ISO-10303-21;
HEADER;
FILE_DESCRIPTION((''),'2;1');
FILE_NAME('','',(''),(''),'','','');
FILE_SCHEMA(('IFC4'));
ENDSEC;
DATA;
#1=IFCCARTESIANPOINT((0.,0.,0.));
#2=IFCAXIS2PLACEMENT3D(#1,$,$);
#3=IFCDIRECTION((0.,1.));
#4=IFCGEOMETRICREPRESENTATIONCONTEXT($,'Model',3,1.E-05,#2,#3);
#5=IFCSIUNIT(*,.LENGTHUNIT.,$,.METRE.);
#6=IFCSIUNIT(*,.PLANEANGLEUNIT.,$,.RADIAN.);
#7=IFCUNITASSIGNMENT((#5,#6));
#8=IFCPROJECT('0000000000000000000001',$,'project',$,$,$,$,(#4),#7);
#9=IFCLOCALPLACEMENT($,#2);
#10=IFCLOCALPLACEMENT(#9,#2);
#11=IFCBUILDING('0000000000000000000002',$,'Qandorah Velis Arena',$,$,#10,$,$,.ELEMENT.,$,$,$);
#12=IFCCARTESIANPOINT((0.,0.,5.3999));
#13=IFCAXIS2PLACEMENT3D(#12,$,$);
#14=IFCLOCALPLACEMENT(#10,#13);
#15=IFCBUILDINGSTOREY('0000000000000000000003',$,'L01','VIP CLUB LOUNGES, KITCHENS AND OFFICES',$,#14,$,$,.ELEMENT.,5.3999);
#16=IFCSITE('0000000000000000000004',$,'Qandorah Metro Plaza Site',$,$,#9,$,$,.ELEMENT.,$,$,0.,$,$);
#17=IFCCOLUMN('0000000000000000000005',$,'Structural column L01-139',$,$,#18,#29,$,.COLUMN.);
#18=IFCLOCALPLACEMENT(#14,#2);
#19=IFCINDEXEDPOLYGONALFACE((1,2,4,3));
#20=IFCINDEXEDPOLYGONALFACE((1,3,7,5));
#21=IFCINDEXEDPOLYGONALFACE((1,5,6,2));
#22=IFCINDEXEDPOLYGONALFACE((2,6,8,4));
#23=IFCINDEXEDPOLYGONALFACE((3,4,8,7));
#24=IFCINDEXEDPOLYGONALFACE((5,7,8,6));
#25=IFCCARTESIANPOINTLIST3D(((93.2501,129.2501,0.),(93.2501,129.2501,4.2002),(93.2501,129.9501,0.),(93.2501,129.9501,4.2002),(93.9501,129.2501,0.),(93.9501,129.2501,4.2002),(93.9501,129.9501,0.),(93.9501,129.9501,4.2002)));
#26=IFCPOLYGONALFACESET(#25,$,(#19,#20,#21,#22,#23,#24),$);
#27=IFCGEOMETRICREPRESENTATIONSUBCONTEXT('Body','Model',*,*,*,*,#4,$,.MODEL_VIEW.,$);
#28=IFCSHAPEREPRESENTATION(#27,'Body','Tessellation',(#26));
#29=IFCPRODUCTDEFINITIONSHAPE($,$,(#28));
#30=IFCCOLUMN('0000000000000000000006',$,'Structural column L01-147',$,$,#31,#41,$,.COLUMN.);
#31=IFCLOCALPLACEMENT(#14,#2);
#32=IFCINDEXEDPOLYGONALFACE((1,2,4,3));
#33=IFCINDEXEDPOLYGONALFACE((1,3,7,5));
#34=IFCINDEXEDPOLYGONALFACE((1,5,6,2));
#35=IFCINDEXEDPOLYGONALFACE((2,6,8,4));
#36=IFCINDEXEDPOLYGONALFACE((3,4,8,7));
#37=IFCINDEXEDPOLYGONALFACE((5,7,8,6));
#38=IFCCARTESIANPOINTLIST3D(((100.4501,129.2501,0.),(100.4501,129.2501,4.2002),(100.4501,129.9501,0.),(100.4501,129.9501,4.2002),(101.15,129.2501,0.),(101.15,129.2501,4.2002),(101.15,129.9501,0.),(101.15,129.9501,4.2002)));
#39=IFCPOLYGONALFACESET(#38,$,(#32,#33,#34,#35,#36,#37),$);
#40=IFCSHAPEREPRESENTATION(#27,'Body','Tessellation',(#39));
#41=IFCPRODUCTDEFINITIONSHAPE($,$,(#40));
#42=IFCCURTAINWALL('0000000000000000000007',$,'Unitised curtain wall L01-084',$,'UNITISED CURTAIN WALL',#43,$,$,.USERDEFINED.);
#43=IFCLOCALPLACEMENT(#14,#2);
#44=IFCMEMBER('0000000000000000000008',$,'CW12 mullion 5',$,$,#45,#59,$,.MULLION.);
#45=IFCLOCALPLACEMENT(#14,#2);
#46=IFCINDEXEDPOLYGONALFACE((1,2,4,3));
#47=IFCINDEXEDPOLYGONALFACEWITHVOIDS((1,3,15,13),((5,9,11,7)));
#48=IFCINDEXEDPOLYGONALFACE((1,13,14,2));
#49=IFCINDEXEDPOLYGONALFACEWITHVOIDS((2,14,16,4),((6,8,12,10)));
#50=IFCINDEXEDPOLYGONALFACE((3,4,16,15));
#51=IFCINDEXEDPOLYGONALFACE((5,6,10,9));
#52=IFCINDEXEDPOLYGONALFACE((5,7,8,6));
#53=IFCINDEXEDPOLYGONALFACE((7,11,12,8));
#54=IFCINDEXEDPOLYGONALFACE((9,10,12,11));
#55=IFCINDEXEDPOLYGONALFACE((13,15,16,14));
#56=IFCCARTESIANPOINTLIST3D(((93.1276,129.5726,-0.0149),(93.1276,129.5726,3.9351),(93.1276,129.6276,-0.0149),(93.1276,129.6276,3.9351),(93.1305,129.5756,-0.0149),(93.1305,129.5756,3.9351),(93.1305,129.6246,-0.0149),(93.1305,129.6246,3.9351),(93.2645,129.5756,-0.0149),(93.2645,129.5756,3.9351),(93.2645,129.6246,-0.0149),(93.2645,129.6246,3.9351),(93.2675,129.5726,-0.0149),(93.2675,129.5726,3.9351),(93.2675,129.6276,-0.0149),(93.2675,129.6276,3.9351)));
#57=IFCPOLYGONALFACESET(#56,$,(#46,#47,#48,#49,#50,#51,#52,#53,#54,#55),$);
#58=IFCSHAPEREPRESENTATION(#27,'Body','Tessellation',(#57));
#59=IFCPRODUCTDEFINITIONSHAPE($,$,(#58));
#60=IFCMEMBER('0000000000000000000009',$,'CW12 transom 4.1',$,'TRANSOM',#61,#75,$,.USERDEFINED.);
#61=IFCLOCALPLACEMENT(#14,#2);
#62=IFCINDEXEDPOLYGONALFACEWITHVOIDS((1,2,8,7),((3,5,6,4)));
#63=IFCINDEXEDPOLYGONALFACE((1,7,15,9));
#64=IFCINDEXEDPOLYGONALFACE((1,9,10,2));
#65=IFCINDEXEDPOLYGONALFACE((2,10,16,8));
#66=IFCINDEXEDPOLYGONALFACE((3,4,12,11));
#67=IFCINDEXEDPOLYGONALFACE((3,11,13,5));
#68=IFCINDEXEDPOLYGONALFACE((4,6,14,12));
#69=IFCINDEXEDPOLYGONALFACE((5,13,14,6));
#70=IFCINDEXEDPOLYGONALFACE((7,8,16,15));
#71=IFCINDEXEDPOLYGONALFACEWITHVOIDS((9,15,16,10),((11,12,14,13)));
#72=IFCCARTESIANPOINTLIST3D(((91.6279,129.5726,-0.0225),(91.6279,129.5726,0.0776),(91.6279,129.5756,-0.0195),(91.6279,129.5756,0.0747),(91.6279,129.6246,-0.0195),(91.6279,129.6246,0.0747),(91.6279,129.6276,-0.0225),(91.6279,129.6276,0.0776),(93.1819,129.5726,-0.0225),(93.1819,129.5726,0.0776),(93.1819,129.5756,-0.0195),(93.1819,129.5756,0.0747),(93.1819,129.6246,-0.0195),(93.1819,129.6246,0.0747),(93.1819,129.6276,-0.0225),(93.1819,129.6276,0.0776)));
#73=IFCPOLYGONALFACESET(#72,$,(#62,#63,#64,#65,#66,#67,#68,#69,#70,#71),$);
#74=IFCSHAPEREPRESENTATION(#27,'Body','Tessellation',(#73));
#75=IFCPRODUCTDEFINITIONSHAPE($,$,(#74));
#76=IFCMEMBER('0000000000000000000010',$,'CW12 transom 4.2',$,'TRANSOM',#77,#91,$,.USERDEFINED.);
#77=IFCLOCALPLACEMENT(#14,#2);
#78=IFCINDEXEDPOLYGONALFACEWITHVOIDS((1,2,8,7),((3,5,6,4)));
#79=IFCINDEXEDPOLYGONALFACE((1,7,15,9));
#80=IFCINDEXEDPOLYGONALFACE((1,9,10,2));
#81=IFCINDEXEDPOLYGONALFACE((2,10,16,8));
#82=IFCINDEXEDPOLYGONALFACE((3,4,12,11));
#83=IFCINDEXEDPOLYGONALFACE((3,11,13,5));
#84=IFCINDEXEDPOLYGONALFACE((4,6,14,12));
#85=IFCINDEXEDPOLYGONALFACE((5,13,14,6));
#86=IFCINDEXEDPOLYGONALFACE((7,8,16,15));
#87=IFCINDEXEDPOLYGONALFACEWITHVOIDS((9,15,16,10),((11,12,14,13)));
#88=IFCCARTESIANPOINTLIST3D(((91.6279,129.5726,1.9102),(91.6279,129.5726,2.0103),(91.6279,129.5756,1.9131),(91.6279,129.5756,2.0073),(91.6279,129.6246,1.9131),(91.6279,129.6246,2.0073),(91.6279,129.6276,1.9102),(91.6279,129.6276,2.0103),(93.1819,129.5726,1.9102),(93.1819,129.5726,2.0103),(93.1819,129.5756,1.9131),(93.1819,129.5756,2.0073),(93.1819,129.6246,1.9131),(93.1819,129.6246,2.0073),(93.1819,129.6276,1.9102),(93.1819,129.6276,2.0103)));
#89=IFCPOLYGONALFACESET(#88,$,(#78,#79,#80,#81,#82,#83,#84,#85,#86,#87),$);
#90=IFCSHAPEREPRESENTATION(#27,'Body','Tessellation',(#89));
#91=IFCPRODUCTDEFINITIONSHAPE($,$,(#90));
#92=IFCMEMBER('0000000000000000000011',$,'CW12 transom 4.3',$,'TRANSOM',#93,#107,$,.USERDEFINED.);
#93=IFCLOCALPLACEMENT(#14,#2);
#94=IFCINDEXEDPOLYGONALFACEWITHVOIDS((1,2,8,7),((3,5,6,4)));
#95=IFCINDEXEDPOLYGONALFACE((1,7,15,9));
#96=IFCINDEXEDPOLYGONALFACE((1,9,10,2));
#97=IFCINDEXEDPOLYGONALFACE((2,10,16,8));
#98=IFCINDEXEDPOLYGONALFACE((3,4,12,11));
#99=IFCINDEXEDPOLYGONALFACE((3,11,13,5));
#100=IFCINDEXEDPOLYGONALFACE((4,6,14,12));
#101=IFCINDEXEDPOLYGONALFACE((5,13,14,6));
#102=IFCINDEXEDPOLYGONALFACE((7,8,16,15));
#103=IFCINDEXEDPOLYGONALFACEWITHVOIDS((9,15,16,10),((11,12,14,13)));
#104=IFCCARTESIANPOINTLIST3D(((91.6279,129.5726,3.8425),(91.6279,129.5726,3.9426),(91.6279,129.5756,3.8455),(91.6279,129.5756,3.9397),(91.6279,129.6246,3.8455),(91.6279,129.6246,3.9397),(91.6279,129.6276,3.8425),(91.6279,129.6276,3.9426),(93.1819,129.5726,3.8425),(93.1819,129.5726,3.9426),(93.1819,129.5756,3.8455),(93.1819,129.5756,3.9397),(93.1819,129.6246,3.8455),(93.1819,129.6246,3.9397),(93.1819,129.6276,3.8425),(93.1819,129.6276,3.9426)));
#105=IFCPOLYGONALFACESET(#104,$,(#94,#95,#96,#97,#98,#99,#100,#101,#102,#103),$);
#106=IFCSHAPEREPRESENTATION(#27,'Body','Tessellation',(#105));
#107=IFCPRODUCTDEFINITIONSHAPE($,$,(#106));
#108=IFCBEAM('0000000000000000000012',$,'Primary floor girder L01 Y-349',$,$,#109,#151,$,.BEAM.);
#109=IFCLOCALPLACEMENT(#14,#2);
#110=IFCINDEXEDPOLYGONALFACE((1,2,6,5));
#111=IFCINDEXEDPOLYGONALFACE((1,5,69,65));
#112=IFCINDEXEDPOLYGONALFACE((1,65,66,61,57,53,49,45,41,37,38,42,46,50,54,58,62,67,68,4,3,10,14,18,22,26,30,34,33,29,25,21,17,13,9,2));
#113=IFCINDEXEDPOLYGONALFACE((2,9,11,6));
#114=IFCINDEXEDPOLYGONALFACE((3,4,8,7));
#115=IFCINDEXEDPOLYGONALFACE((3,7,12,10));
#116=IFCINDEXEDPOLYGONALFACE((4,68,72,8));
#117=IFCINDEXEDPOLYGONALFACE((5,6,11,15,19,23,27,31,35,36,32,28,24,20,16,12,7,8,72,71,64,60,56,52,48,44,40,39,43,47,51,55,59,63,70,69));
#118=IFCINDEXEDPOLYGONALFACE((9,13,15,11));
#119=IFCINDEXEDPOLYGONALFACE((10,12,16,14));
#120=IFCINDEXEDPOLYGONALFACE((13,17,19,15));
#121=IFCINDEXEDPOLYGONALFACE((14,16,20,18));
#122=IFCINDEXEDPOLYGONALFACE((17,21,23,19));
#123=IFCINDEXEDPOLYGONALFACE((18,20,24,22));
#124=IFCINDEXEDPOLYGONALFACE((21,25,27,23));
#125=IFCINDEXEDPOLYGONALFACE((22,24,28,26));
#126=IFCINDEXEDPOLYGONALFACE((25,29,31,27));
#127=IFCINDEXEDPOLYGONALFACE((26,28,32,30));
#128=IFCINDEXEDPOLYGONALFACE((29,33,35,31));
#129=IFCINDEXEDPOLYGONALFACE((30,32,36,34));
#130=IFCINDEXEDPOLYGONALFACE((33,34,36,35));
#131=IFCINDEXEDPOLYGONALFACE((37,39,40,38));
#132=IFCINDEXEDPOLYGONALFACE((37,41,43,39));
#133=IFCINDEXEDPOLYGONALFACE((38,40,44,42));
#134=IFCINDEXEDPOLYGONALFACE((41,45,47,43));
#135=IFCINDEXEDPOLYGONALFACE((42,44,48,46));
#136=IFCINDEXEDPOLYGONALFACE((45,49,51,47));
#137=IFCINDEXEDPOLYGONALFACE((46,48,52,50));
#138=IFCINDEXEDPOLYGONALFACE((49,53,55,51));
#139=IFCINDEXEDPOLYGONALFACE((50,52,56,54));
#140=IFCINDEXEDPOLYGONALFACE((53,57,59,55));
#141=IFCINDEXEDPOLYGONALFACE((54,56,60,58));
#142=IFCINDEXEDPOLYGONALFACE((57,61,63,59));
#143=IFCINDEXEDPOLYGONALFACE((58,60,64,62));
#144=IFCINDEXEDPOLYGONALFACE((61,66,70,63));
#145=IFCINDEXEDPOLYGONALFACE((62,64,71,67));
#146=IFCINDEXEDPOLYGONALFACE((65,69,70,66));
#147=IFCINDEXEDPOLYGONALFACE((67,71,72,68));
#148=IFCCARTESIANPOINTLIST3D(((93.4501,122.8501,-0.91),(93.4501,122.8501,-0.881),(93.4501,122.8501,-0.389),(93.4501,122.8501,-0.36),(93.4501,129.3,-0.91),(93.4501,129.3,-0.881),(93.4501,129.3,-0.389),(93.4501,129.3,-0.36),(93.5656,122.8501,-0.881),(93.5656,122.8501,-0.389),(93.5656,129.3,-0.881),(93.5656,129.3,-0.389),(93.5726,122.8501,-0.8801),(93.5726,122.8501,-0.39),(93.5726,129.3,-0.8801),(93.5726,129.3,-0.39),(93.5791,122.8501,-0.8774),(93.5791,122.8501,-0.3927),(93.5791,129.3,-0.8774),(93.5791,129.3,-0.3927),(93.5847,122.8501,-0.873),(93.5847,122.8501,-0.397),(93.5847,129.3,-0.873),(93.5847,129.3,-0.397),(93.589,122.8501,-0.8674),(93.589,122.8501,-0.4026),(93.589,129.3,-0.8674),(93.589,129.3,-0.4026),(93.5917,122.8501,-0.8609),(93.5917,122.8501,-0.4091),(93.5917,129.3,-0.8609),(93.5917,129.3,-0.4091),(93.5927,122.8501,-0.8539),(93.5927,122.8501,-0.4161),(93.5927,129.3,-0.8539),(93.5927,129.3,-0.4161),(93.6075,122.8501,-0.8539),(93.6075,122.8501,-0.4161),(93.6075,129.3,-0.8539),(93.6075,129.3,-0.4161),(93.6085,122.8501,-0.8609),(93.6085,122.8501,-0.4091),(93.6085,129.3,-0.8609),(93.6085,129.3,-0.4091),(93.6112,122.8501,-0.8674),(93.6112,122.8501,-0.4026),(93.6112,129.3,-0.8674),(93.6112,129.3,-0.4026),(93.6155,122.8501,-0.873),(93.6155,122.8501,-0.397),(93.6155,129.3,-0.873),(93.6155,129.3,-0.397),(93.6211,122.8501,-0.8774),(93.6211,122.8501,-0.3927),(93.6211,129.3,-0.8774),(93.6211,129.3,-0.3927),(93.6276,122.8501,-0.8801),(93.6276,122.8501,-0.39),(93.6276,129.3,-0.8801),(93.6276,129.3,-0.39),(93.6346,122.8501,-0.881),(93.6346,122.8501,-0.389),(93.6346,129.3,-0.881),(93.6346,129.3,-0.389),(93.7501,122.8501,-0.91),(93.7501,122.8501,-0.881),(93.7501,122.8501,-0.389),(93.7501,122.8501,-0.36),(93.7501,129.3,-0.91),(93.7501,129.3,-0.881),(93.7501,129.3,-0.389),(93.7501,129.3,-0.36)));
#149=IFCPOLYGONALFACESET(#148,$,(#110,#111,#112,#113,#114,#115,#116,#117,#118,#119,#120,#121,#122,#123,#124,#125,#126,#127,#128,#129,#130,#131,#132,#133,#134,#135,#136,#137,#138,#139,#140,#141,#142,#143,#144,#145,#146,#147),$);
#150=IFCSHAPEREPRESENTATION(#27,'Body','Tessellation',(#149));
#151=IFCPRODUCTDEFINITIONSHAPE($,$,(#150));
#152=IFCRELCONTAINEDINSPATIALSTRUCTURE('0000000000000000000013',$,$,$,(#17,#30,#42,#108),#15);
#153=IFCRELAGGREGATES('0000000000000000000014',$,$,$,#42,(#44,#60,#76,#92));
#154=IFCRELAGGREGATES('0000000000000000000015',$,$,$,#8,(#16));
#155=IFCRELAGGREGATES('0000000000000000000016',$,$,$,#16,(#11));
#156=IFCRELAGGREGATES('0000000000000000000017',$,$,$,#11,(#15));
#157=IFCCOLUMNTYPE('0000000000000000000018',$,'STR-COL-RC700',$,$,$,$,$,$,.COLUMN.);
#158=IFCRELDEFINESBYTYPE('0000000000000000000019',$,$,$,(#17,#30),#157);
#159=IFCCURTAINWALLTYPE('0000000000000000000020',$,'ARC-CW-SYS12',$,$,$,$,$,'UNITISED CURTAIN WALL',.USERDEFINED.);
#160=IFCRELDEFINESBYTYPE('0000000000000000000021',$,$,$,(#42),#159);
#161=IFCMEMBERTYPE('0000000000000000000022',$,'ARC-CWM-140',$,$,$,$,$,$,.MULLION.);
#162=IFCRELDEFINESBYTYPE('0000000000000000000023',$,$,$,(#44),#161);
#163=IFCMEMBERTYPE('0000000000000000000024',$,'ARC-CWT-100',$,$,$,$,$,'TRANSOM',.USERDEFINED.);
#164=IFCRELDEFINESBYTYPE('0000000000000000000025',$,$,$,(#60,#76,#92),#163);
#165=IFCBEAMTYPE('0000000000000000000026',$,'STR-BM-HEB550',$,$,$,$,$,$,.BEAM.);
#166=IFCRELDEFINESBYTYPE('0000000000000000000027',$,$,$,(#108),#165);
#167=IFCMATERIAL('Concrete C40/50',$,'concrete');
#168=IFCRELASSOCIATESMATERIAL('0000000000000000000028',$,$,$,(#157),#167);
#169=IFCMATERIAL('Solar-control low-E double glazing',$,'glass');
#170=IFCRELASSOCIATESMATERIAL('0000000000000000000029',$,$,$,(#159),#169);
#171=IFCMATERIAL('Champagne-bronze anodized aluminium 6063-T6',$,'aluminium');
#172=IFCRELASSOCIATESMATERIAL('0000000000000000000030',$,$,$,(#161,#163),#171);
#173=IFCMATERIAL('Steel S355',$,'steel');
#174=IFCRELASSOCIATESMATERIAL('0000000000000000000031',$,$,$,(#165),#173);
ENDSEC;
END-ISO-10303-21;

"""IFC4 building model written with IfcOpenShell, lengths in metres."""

from ifc_helpers import new_model, si_unit, direction, frame, origin, origin_2d, place, context, subcontext, project, spatial, rectangle, hollow_rectangle, i_section, extrude, material, material_profile, profile_set, type_object, element, aggregate, save


model = new_model("IFC4")

# Units and contexts
model_context = context("Model", 3, precision=1e-05, world=origin(), true_north=direction((0.0, 1.0)))
body_context = subcontext(model_context, "Body", "Model", "MODEL_VIEW")
ifc_project = project(units=[si_unit("LENGTHUNIT", "METRE"), si_unit("PLANEANGLEUNIT", "RADIAN")], contexts=[model_context])

# Site, building, storey
site_placement = place(None, origin())
site = spatial("IfcSite", under=ifc_project, at=site_placement, Name="Qandorah Metro Plaza Site", CompositionType="ELEMENT", RefElevation=0.0)
building_placement = place(site_placement, origin())
building = spatial("IfcBuilding", under=site, at=building_placement, Name="Qandorah Velis Arena", CompositionType="ELEMENT")
storey_placement = place(building_placement, frame((0.0, 0.0, 5.3999)))
storey = spatial("IfcBuildingStorey", under=building, at=storey_placement, Name="L01", Description="VIP CLUB LOUNGES, KITCHENS AND OFFICES", CompositionType="ELEMENT", Elevation=5.3999)

# Columns
ifc_material_1 = material(Name="Concrete C40/50", Category="concrete")
ifc_material_profile_1 = material_profile(ifc_material_1, rectangle(XDim=0.7, YDim=0.7, at=origin_2d()), Name="RC COL 700x700")
ifc_profile_set_1 = profile_set([ifc_material_profile_1], Name="Concrete C40/50")
column_type = type_object("IfcColumnType", Name="STR-COL-RC700", PredefinedType="COLUMN", material=ifc_profile_set_1)
for number, where, z_axis, x_axis, name in (
    (1, (93.6001, 129.6001, 0.0), (0.0, 0.0, 1.0), (1.0, 0.0, 0.0), "Structural column L01-139"),
    (2, (100.8, 129.6001, 0.0), (0.0, 0.0, 1.0), (1.0, 0.0, 0.0), "Structural column L01-147"),
):
    element("IfcColumn", number, at=place(storey_placement, frame(where, z_axis=z_axis, x_axis=x_axis)), inside=storey, type_object=column_type, Name=name, PredefinedType="COLUMN", context=body_context, shape_type="SweptSolid", body=[
        extrude(rectangle(XDim=0.7, YDim=0.7, at=origin_2d()), origin(), (0.0, 0.0, 1.0), 4.2002),
    ])

# Curtain wall, members
ifc_material_2 = material(Name="Solar-control low-E double glazing", Category="glass")
curtain_wall_type = type_object("IfcCurtainWallType", Name="ARC-CW-SYS12", ElementType="UNITISED CURTAIN WALL", PredefinedType="USERDEFINED", material=ifc_material_2)
curtain_wall_placement = place(storey_placement, origin())
curtain_wall = element("IfcCurtainWall", 3, at=curtain_wall_placement, inside=storey, type_object=curtain_wall_type, Name="Unitised curtain wall L01-084", ObjectType="UNITISED CURTAIN WALL", PredefinedType="USERDEFINED")
ifc_material_3 = material(Name="Champagne-bronze anodized aluminium 6063-T6", Category="aluminium")
ifc_material_profile_2 = material_profile(ifc_material_3, hollow_rectangle(XDim=0.0549, YDim=0.1399, WallThickness=0.0029, at=origin_2d()), Name="ALU MULLION 55x140")
ifc_profile_set_2 = profile_set([ifc_material_profile_2], Name="Champagne-bronze anodized aluminium 6063-T6")
member_type_1 = type_object("IfcMemberType", Name="ARC-CWM-140", PredefinedType="MULLION", material=ifc_profile_set_2)
member_1_placement = place(storey_placement, frame((93.1975, 129.6001, -0.0149), z_axis=(0.0, 0.0, 1.0), x_axis=(0.0, 1.0, 0.0)))
member_1 = element("IfcMember", 4, at=member_1_placement, type_object=member_type_1, Name="CW12 mullion 5", PredefinedType="MULLION", context=body_context, shape_type="SweptSolid", body=[
    extrude(hollow_rectangle(XDim=0.0549, YDim=0.1399, WallThickness=0.0029, at=origin_2d()), origin(), (0.0, 0.0, 1.0), 3.95),
])
ifc_material_profile_3 = material_profile(ifc_material_3, hollow_rectangle(XDim=0.0549, YDim=0.1001, WallThickness=0.0029, at=origin_2d()), Name="ALU TRANSOM 55x100")
ifc_profile_set_3 = profile_set([ifc_material_profile_3], Name="Champagne-bronze anodized aluminium 6063-T6")
member_type_2 = type_object("IfcMemberType", Name="ARC-CWT-100", ElementType="TRANSOM", PredefinedType="USERDEFINED", material=ifc_profile_set_3)
member_2_placement = place(storey_placement, frame((91.6279, 129.6001, 0.0276), z_axis=(1.0, 0.0, 0.0), x_axis=(0.0, 1.0, 0.0)))
member_2 = element("IfcMember", 5, at=member_2_placement, type_object=member_type_2, Name="CW12 transom 4.1", ObjectType="TRANSOM", PredefinedType="USERDEFINED", context=body_context, shape_type="SweptSolid", body=[
    extrude(hollow_rectangle(XDim=0.0549, YDim=0.1001, WallThickness=0.0029, at=origin_2d()), origin(), (0.0, 0.0, 1.0), 1.554),
])
member_3_placement = place(storey_placement, frame((91.6279, 129.6001, 1.9602), z_axis=(1.0, 0.0, 0.0), x_axis=(0.0, 1.0, 0.0)))
member_3 = element("IfcMember", 6, at=member_3_placement, type_object=member_type_2, Name="CW12 transom 4.2", ObjectType="TRANSOM", PredefinedType="USERDEFINED", context=body_context, shape_type="SweptSolid", body=[
    extrude(hollow_rectangle(XDim=0.0549, YDim=0.1001, WallThickness=0.0029, at=origin_2d()), origin(), (0.0, 0.0, 1.0), 1.554),
])
member_4_placement = place(storey_placement, frame((91.6279, 129.6001, 3.8926), z_axis=(1.0, 0.0, 0.0), x_axis=(0.0, 1.0, 0.0)))
member_4 = element("IfcMember", 7, at=member_4_placement, type_object=member_type_2, Name="CW12 transom 4.3", ObjectType="TRANSOM", PredefinedType="USERDEFINED", context=body_context, shape_type="SweptSolid", body=[
    extrude(hollow_rectangle(XDim=0.0549, YDim=0.1001, WallThickness=0.0029, at=origin_2d()), origin(), (0.0, 0.0, 1.0), 1.554),
])

# Beam
ifc_material_4 = material(Name="Steel S355", Category="steel")
ifc_material_profile_4 = material_profile(ifc_material_4, i_section(OverallWidth=0.3, OverallDepth=0.55, WebThickness=0.0149, FlangeThickness=0.0291, FilletRadius=0.0271, at=origin_2d()), Name="HEB 550")
ifc_profile_set_4 = profile_set([ifc_material_profile_4], Name="Steel S355")
beam_type_1 = type_object("IfcBeamType", Name="STR-BM-HEB550", PredefinedType="BEAM", material=ifc_profile_set_4)
beam_1_placement = place(storey_placement, frame((93.6001, 122.8501, -0.635), z_axis=(0.0, 1.0, 0.0), x_axis=(-1.0, 0.0, 0.0)))
element("IfcBeam", 8, at=beam_1_placement, inside=storey, type_object=beam_type_1, Name="Primary floor girder L01 Y-349", PredefinedType="BEAM", context=body_context, shape_type="SweptSolid", body=[
    extrude(i_section(OverallWidth=0.3, OverallDepth=0.55, WebThickness=0.0149, FlangeThickness=0.0291, FilletRadius=0.0271, at=origin_2d()), origin(), (0.0, 0.0, 1.0), 6.45),
])

aggregate(curtain_wall, [member_1, member_2, member_3, member_4])

save(model, "model.ifc")
